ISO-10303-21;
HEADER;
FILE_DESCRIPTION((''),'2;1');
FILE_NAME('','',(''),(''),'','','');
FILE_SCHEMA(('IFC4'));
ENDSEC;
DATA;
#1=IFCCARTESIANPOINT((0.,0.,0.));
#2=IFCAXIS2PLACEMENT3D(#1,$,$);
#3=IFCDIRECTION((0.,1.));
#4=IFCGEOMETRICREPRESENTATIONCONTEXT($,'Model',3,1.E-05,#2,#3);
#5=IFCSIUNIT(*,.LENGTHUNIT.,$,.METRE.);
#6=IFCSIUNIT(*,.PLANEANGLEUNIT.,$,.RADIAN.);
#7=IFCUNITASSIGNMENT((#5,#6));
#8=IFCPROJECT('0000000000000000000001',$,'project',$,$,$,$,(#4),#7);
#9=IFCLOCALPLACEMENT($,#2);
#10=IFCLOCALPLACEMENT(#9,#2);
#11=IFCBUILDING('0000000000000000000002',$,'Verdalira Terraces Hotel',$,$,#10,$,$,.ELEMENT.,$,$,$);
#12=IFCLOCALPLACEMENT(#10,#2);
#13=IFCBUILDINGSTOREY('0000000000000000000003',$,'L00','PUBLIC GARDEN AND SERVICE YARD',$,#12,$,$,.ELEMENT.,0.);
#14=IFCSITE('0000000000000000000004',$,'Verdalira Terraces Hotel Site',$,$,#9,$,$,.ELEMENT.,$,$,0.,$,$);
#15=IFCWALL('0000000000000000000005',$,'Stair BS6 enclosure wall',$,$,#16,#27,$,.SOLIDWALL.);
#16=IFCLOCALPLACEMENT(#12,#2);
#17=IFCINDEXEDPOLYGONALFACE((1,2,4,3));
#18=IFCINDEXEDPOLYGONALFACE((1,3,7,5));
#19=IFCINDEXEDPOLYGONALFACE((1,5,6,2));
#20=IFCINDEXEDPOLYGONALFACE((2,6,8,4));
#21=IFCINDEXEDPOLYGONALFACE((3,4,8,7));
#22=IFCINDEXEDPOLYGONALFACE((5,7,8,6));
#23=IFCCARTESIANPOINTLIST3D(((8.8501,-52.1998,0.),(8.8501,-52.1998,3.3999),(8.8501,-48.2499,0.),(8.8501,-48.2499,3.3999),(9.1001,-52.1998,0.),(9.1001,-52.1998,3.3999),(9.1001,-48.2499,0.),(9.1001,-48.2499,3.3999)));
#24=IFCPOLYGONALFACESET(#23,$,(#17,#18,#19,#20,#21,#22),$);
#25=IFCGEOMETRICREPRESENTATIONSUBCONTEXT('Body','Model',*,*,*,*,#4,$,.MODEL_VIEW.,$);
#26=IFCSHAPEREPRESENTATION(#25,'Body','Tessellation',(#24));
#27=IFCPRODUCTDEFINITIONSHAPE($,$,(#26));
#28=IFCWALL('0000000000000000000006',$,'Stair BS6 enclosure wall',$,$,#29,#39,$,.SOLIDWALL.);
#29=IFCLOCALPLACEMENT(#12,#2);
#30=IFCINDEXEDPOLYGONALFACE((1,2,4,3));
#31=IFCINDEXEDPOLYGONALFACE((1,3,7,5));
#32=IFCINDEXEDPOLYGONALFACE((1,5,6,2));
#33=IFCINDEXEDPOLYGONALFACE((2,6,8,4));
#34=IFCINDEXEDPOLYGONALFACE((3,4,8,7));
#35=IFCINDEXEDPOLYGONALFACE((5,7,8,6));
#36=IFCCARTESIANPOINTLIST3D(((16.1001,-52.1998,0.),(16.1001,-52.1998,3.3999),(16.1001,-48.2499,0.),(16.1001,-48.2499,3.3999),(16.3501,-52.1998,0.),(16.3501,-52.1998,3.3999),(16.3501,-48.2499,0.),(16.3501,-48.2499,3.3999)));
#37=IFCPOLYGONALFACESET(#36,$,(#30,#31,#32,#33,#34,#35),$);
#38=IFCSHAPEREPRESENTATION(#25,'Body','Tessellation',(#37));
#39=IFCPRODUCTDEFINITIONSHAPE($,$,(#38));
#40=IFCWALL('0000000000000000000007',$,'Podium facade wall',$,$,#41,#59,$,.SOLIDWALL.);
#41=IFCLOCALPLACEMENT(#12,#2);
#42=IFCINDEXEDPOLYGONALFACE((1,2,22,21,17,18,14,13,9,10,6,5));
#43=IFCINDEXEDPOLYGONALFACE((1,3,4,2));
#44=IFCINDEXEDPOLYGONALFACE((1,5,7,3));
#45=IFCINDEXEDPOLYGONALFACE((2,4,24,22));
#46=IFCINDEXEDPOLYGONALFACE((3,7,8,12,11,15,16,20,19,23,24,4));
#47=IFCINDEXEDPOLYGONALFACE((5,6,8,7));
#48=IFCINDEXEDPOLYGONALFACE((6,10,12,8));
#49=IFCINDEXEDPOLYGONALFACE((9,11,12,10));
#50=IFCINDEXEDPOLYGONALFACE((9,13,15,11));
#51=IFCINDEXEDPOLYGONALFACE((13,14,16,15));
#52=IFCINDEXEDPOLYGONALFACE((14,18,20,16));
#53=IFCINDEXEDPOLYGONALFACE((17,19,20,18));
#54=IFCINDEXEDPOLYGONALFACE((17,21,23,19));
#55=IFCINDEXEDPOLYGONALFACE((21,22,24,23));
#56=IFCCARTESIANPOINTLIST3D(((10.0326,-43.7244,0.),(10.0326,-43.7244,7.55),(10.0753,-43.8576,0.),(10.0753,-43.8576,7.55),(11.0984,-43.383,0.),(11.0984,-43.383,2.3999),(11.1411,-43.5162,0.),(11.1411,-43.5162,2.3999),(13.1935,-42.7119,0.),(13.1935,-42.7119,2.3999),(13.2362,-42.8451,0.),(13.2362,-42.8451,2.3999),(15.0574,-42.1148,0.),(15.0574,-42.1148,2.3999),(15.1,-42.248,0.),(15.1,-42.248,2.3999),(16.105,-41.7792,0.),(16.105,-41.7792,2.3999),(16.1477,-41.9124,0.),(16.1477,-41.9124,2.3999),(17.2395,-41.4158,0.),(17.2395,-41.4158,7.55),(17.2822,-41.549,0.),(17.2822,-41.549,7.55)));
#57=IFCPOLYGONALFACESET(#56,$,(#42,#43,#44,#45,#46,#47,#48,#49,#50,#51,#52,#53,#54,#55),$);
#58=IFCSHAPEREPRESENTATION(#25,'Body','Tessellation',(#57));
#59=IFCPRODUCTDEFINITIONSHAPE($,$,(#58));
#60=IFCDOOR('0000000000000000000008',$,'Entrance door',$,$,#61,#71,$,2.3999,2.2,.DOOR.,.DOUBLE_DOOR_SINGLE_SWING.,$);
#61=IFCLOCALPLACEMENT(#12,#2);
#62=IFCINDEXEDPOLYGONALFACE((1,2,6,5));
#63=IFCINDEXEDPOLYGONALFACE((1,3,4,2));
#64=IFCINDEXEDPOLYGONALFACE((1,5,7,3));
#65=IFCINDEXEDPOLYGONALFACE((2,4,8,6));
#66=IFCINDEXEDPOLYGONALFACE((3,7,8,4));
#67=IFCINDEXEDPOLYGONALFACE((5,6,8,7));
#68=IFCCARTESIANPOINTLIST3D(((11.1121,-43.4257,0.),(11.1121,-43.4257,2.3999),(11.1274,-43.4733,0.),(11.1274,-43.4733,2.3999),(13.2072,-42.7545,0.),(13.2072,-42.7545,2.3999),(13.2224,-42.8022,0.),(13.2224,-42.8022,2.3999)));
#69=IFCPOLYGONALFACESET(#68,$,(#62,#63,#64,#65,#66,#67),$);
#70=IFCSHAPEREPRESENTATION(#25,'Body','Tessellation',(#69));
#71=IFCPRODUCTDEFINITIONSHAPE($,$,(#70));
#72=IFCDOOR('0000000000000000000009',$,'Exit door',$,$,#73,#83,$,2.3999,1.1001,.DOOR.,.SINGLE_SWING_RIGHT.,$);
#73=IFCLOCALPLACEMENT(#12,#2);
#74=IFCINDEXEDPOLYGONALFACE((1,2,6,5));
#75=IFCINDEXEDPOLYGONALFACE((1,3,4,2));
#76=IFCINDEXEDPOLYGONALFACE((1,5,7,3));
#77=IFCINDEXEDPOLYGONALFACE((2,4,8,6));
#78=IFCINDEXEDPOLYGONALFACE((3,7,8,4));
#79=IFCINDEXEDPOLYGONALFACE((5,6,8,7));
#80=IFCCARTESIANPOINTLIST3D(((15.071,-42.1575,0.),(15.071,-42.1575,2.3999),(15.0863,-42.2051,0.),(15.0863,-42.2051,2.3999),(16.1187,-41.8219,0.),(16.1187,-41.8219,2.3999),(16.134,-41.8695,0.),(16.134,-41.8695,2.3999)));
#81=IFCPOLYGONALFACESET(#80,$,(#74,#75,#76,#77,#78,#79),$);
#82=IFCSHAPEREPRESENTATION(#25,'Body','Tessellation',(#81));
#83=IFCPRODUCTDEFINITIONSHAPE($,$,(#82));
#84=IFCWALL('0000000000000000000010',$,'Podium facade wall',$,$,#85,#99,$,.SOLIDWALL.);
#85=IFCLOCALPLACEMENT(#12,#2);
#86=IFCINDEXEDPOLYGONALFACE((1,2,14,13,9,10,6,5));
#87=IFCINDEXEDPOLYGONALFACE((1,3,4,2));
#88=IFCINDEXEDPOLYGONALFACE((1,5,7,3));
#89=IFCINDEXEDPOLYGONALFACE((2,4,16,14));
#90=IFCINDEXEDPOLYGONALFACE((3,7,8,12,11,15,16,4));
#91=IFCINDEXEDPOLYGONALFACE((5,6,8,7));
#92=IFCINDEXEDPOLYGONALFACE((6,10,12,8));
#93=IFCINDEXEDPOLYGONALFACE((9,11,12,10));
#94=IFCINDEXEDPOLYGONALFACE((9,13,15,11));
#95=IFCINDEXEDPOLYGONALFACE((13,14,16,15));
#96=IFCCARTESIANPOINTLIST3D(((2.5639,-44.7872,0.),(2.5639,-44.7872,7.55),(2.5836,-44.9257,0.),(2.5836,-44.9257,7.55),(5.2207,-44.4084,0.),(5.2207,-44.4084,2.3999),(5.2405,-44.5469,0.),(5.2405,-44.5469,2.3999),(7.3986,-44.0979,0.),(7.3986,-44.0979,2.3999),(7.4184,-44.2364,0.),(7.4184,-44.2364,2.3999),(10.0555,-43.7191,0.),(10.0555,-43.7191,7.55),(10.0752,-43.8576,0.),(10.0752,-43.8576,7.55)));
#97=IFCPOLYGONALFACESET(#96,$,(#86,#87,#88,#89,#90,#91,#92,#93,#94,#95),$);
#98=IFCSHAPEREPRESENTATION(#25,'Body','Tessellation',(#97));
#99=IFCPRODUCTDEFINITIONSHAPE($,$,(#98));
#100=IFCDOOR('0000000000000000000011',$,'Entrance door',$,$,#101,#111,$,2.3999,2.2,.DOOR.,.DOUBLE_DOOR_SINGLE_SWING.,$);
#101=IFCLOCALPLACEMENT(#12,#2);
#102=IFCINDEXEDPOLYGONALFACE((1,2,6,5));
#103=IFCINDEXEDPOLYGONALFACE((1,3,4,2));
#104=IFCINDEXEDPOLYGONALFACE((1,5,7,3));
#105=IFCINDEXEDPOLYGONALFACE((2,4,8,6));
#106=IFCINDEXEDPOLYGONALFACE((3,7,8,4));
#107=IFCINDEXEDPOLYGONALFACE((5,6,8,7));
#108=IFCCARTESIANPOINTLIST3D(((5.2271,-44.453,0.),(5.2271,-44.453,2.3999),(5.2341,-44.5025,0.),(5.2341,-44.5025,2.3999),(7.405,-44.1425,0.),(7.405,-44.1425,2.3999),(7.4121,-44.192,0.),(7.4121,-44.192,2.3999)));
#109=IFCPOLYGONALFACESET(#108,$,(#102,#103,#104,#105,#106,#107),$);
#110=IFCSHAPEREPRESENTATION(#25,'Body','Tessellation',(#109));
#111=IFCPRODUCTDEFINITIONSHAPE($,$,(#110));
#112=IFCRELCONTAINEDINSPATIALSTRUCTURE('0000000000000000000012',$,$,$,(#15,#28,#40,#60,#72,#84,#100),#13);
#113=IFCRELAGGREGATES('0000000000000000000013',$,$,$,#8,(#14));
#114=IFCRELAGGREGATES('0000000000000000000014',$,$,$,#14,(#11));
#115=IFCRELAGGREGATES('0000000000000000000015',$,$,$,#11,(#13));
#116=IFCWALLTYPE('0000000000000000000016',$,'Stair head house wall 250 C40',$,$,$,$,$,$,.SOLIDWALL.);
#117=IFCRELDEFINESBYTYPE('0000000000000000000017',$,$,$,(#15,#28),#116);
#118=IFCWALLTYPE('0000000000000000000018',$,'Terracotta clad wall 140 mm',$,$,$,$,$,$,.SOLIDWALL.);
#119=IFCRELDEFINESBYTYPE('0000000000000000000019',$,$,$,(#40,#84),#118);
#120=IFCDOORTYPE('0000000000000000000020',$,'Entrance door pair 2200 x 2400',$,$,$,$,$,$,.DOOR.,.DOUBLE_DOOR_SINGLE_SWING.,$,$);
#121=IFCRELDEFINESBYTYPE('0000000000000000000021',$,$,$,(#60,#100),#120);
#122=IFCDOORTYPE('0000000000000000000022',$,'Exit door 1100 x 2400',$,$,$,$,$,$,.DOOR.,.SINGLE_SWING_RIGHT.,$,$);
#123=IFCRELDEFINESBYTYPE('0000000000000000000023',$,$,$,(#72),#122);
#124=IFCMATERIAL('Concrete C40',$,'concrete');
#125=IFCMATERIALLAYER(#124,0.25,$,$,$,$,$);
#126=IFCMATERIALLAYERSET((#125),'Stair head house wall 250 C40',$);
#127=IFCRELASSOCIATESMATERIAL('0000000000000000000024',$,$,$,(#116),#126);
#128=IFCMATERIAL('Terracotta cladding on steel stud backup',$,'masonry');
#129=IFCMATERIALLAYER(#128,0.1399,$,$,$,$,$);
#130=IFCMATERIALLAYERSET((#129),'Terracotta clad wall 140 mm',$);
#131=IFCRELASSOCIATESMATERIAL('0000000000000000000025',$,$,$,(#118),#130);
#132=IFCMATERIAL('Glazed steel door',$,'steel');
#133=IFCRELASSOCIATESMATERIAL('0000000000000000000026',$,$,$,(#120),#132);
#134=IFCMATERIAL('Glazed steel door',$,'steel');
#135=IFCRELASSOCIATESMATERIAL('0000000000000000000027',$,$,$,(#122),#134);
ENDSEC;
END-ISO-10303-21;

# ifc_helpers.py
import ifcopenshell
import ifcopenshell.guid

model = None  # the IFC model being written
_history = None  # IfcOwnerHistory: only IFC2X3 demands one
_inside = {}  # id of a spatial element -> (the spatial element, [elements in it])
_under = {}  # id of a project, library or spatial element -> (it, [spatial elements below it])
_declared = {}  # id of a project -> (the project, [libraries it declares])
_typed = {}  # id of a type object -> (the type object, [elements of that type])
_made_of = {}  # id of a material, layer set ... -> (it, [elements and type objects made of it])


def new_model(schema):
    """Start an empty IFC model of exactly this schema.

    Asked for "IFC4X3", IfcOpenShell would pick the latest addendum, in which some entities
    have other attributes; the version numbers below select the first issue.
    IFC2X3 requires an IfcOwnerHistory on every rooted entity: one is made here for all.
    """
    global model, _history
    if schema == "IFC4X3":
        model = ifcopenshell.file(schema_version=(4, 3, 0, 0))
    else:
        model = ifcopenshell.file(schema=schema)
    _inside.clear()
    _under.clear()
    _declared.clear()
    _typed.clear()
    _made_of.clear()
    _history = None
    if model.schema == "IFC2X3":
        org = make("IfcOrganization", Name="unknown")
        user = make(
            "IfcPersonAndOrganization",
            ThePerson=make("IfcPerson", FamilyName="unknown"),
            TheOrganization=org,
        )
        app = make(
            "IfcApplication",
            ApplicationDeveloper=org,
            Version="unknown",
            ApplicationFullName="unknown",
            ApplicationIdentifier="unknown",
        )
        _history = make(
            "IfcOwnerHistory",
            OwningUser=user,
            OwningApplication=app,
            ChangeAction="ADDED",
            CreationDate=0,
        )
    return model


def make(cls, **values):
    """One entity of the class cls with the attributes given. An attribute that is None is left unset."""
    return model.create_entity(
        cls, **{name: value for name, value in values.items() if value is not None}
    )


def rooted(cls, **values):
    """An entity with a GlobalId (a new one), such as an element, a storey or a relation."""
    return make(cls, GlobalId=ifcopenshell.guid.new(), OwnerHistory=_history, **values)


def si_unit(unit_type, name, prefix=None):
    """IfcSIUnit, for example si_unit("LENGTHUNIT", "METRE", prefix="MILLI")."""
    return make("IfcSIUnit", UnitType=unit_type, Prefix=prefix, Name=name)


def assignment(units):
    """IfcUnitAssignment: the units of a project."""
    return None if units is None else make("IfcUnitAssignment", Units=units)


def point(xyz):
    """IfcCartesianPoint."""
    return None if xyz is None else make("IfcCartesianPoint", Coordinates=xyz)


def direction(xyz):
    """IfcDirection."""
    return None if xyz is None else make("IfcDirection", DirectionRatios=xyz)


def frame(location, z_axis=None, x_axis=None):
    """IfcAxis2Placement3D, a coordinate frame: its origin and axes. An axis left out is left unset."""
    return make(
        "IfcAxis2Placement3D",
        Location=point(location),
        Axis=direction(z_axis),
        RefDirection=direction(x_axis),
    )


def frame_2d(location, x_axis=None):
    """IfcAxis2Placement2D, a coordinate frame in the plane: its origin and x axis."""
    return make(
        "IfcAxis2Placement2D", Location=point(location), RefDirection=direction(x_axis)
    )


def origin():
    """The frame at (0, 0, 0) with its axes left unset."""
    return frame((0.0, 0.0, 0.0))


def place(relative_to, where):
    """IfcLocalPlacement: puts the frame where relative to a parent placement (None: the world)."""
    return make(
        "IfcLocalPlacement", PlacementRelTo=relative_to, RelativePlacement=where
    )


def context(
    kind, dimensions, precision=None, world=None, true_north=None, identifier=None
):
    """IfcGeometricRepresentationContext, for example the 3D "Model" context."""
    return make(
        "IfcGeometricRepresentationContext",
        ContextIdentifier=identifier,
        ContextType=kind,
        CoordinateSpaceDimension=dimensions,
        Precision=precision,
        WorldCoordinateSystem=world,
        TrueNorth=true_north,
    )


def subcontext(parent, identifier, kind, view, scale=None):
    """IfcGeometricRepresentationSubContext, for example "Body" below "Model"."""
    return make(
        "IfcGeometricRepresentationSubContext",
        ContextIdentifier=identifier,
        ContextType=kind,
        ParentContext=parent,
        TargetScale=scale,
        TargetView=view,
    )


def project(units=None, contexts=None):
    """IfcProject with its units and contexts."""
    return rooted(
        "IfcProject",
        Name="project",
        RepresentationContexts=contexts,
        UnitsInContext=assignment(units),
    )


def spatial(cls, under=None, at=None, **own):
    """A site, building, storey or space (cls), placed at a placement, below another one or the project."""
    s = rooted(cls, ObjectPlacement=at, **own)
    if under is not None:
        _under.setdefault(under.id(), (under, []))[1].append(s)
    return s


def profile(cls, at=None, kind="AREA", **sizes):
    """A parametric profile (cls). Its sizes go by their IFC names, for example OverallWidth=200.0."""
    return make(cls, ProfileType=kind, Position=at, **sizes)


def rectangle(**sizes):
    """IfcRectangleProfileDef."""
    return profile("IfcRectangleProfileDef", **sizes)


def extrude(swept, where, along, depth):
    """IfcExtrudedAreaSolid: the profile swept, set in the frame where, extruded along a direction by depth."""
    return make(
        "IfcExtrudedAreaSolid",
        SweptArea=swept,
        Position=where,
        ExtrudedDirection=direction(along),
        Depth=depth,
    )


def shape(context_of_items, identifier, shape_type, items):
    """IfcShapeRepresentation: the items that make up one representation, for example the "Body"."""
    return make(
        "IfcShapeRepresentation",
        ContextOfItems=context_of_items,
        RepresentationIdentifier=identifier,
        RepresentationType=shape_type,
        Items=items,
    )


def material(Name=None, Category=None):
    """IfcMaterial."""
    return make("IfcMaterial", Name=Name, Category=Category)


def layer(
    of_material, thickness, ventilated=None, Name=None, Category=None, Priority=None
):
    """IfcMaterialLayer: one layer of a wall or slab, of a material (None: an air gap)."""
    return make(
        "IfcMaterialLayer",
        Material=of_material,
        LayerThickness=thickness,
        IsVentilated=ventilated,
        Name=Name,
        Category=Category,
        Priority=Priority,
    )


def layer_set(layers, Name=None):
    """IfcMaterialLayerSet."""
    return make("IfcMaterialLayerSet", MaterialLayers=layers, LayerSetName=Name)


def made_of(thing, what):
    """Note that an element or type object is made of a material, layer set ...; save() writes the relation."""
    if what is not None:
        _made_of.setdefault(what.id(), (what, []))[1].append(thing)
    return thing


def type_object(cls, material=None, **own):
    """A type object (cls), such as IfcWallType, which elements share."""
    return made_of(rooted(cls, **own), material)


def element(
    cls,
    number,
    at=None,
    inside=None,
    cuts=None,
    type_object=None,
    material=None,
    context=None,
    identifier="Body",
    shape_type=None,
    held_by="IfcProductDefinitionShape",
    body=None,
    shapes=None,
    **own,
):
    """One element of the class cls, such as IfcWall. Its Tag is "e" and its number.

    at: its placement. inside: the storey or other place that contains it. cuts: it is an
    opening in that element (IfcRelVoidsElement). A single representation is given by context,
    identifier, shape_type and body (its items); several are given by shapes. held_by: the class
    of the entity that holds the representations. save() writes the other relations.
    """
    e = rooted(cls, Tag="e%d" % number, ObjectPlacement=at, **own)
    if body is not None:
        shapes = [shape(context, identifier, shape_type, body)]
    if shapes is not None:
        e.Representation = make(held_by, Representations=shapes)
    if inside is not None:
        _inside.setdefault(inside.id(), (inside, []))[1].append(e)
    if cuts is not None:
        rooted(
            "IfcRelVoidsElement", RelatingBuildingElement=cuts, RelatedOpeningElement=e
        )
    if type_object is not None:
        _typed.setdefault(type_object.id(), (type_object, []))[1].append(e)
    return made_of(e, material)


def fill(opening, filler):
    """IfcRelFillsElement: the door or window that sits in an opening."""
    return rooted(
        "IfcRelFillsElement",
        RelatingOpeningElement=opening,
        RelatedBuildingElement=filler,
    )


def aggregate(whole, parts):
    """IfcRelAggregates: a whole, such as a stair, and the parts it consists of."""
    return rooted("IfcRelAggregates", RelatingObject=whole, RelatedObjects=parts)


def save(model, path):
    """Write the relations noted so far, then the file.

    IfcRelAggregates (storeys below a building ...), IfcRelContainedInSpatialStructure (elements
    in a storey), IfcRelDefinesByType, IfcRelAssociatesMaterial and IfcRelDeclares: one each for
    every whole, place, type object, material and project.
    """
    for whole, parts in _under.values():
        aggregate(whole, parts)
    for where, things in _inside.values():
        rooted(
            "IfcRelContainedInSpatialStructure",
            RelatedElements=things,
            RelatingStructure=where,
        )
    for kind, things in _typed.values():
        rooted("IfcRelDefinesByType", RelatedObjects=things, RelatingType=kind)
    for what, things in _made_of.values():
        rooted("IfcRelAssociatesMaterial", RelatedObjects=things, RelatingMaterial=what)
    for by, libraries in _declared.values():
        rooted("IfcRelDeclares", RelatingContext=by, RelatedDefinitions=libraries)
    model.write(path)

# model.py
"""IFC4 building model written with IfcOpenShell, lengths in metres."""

from ifc_helpers import new_model, si_unit, direction, frame, frame_2d, origin, place, context, subcontext, project, spatial, rectangle, extrude, material, layer, layer_set, type_object, element, fill, save


model = new_model("IFC4")

# Units and contexts
model_context = context("Model", 3, precision=1e-05, world=origin(), true_north=direction((0.0, 1.0)))
body_context = subcontext(model_context, "Body", "Model", "MODEL_VIEW")
ifc_project = project(units=[si_unit("LENGTHUNIT", "METRE"), si_unit("PLANEANGLEUNIT", "RADIAN")], contexts=[model_context])

# Site, building, storey
site_placement = place(None, origin())
site = spatial("IfcSite", under=ifc_project, at=site_placement, Name="Verdalira Terraces Hotel Site", CompositionType="ELEMENT", RefElevation=0.0)
building_placement = place(site_placement, origin())
building = spatial("IfcBuilding", under=site, at=building_placement, Name="Verdalira Terraces Hotel", CompositionType="ELEMENT")
storey_placement = place(building_placement, origin())
storey = spatial("IfcBuildingStorey", under=building, at=storey_placement, Name="L00", Description="PUBLIC GARDEN AND SERVICE YARD", CompositionType="ELEMENT", Elevation=0.0)

# Shared definitions
ifc_material_1 = material(Name="Concrete C40", Category="concrete")
ifc_layer_1 = layer(ifc_material_1, 0.25)
ifc_layer_set_1 = layer_set([ifc_layer_1], Name="Stair head house wall 250 C40")
wall_type_1 = type_object("IfcWallType", Name="Stair head house wall 250 C40", PredefinedType="SOLIDWALL", material=ifc_layer_set_1)

# Walls
for number, where, z_axis, x_axis, name in (
    (1, (8.9751, -52.2, 0.0), (0.0, 0.0, 1.0), (0.0, 1.0, 0.0), "Stair BS6 enclosure wall"),
    (2, (16.2251, -52.2, 0.0), (0.0, 0.0, 1.0), (0.0, 1.0, 0.0), "Stair BS6 enclosure wall"),
):
    element("IfcWall", number, at=place(storey_placement, frame(where, z_axis=z_axis, x_axis=x_axis)), inside=storey, type_object=wall_type_1, Name=name, PredefinedType="SOLIDWALL", context=body_context, shape_type="SweptSolid", body=[
        extrude(rectangle(XDim=3.95, YDim=0.25, at=frame_2d((1.9751, 0.0))), origin(), (0.0, 0.0, 1.0), 3.3999),
    ])

# Wall, openings, doors
ifc_material_2 = material(Name="Terracotta cladding on steel stud backup", Category="masonry")
ifc_layer_2 = layer(ifc_material_2, 0.1399)
ifc_layer_set_2 = layer_set([ifc_layer_2], Name="Terracotta clad wall 140 mm")
wall_type_2 = type_object("IfcWallType", Name="Terracotta clad wall 140 mm", PredefinedType="SOLIDWALL", material=ifc_layer_set_2)
wall_1_placement = place(storey_placement, frame((17.2607, -41.4824, 0.0), z_axis=(0.0, 0.0, 1.0), x_axis=(-0.952331, -0.305066, 0.0)))
wall_1 = element("IfcWall", 3, at=wall_1_placement, inside=storey, type_object=wall_type_2, Name="Podium facade wall", PredefinedType="SOLIDWALL", context=body_context, shape_type="SweptSolid", body=[
    extrude(rectangle(XDim=7.5676, YDim=0.1399, at=frame_2d((3.7837, 0.0))), origin(), (0.0, 0.0, 1.0), 7.55),
])
opening_1_placement = place(wall_1_placement, frame((4.2483, 0.0, 0.0)))
opening_1 = element("IfcOpeningElement", 4, at=opening_1_placement, cuts=wall_1, PredefinedType="OPENING", context=body_context, shape_type="SweptSolid", body=[
    extrude(rectangle(XDim=2.2, YDim=2.3999, at=frame_2d((1.1001, 1.2))), frame((0.0, 0.0798, 0.0), z_axis=(0.0, -1.0, 0.0), x_axis=(1.0, 0.0, 0.0)), (0.0, 0.0, 1.0), 0.1599),
])
opening_2_placement = place(wall_1_placement, frame((1.1912, 0.0, 0.0)))
opening_2 = element("IfcOpeningElement", 5, at=opening_2_placement, cuts=wall_1, PredefinedType="OPENING", context=body_context, shape_type="SweptSolid", body=[
    extrude(rectangle(XDim=1.1001, YDim=2.3999, at=frame_2d((0.55, 1.2))), frame((0.0, 0.0798, 0.0), z_axis=(0.0, -1.0, 0.0), x_axis=(1.0, 0.0, 0.0)), (0.0, 0.0, 1.0), 0.1599),
])
ifc_material_3 = material(Name="Glazed steel door", Category="steel")
door_type_1 = type_object("IfcDoorType", Name="Entrance door pair 2200 x 2400", OperationType="DOUBLE_DOOR_SINGLE_SWING", PredefinedType="DOOR", material=ifc_material_3)
door_1_placement = place(opening_1_placement, origin())
door_1 = element("IfcDoor", 6, at=door_1_placement, inside=storey, type_object=door_type_1, Name="Entrance door", OperationType="DOUBLE_DOOR_SINGLE_SWING", OverallHeight=2.3999, OverallWidth=2.2, PredefinedType="DOOR", context=body_context, shape_type="SweptSolid", body=[
    extrude(rectangle(XDim=2.2, YDim=2.3999, at=frame_2d((1.1001, 1.2))), frame((0.0, 0.0249, 0.0), z_axis=(0.0, -1.0, 0.0), x_axis=(1.0, 0.0, 0.0)), (0.0, 0.0, 1.0), 0.05),
])
fill(opening_1, door_1)
ifc_material_4 = material(Name="Glazed steel door", Category="steel")
door_type_2 = type_object("IfcDoorType", Name="Exit door 1100 x 2400", OperationType="SINGLE_SWING_RIGHT", PredefinedType="DOOR", material=ifc_material_4)
door_2_placement = place(opening_2_placement, origin())
door_2 = element("IfcDoor", 7, at=door_2_placement, inside=storey, type_object=door_type_2, Name="Exit door", OperationType="SINGLE_SWING_RIGHT", OverallHeight=2.3999, OverallWidth=1.1001, PredefinedType="DOOR", context=body_context, shape_type="SweptSolid", body=[
    extrude(rectangle(XDim=1.1001, YDim=2.3999, at=frame_2d((0.55, 1.2))), frame((0.0, 0.0249, 0.0), z_axis=(0.0, -1.0, 0.0), x_axis=(1.0, 0.0, 0.0)), (0.0, 0.0, 1.0), 0.05),
])
fill(opening_2, door_2)

# Wall, opening, door
wall_2_placement = place(storey_placement, frame((2.5737, -44.8564, 0.0), z_axis=(0.0, 0.0, 1.0), x_axis=(0.989989, 0.141146, 0.0)))
wall_2 = element("IfcWall", 8, at=wall_2_placement, inside=storey, type_object=wall_type_2, Name="Podium facade wall", PredefinedType="SOLIDWALL", context=body_context, shape_type="SweptSolid", body=[
    extrude(rectangle(XDim=7.5674, YDim=0.1399, at=frame_2d((3.7837, 0.0))), origin(), (0.0, 0.0, 1.0), 7.55),
])
opening_3_placement = place(wall_2_placement, frame((2.6836, 0.0, 0.0)))
opening_3 = element("IfcOpeningElement", 9, at=opening_3_placement, cuts=wall_2, PredefinedType="OPENING", context=body_context, shape_type="SweptSolid", body=[
    extrude(rectangle(XDim=2.2, YDim=2.3999, at=frame_2d((1.1001, 1.2))), frame((0.0, 0.0798, 0.0), z_axis=(0.0, -1.0, 0.0), x_axis=(1.0, 0.0, 0.0)), (0.0, 0.0, 1.0), 0.1599),
])
door_3_placement = place(opening_3_placement, origin())
door_3 = element("IfcDoor", 10, at=door_3_placement, inside=storey, type_object=door_type_1, Name="Entrance door", OperationType="DOUBLE_DOOR_SINGLE_SWING", OverallHeight=2.3999, OverallWidth=2.2, PredefinedType="DOOR", context=body_context, shape_type="SweptSolid", body=[
    extrude(rectangle(XDim=2.2, YDim=2.3999, at=frame_2d((1.1001, 1.2))), frame((0.0, 0.0249, 0.0), z_axis=(0.0, -1.0, 0.0), x_axis=(1.0, 0.0, 0.0)), (0.0, 0.0, 1.0), 0.05),
])
fill(opening_3, door_3)

save(model, "model.ifc")
